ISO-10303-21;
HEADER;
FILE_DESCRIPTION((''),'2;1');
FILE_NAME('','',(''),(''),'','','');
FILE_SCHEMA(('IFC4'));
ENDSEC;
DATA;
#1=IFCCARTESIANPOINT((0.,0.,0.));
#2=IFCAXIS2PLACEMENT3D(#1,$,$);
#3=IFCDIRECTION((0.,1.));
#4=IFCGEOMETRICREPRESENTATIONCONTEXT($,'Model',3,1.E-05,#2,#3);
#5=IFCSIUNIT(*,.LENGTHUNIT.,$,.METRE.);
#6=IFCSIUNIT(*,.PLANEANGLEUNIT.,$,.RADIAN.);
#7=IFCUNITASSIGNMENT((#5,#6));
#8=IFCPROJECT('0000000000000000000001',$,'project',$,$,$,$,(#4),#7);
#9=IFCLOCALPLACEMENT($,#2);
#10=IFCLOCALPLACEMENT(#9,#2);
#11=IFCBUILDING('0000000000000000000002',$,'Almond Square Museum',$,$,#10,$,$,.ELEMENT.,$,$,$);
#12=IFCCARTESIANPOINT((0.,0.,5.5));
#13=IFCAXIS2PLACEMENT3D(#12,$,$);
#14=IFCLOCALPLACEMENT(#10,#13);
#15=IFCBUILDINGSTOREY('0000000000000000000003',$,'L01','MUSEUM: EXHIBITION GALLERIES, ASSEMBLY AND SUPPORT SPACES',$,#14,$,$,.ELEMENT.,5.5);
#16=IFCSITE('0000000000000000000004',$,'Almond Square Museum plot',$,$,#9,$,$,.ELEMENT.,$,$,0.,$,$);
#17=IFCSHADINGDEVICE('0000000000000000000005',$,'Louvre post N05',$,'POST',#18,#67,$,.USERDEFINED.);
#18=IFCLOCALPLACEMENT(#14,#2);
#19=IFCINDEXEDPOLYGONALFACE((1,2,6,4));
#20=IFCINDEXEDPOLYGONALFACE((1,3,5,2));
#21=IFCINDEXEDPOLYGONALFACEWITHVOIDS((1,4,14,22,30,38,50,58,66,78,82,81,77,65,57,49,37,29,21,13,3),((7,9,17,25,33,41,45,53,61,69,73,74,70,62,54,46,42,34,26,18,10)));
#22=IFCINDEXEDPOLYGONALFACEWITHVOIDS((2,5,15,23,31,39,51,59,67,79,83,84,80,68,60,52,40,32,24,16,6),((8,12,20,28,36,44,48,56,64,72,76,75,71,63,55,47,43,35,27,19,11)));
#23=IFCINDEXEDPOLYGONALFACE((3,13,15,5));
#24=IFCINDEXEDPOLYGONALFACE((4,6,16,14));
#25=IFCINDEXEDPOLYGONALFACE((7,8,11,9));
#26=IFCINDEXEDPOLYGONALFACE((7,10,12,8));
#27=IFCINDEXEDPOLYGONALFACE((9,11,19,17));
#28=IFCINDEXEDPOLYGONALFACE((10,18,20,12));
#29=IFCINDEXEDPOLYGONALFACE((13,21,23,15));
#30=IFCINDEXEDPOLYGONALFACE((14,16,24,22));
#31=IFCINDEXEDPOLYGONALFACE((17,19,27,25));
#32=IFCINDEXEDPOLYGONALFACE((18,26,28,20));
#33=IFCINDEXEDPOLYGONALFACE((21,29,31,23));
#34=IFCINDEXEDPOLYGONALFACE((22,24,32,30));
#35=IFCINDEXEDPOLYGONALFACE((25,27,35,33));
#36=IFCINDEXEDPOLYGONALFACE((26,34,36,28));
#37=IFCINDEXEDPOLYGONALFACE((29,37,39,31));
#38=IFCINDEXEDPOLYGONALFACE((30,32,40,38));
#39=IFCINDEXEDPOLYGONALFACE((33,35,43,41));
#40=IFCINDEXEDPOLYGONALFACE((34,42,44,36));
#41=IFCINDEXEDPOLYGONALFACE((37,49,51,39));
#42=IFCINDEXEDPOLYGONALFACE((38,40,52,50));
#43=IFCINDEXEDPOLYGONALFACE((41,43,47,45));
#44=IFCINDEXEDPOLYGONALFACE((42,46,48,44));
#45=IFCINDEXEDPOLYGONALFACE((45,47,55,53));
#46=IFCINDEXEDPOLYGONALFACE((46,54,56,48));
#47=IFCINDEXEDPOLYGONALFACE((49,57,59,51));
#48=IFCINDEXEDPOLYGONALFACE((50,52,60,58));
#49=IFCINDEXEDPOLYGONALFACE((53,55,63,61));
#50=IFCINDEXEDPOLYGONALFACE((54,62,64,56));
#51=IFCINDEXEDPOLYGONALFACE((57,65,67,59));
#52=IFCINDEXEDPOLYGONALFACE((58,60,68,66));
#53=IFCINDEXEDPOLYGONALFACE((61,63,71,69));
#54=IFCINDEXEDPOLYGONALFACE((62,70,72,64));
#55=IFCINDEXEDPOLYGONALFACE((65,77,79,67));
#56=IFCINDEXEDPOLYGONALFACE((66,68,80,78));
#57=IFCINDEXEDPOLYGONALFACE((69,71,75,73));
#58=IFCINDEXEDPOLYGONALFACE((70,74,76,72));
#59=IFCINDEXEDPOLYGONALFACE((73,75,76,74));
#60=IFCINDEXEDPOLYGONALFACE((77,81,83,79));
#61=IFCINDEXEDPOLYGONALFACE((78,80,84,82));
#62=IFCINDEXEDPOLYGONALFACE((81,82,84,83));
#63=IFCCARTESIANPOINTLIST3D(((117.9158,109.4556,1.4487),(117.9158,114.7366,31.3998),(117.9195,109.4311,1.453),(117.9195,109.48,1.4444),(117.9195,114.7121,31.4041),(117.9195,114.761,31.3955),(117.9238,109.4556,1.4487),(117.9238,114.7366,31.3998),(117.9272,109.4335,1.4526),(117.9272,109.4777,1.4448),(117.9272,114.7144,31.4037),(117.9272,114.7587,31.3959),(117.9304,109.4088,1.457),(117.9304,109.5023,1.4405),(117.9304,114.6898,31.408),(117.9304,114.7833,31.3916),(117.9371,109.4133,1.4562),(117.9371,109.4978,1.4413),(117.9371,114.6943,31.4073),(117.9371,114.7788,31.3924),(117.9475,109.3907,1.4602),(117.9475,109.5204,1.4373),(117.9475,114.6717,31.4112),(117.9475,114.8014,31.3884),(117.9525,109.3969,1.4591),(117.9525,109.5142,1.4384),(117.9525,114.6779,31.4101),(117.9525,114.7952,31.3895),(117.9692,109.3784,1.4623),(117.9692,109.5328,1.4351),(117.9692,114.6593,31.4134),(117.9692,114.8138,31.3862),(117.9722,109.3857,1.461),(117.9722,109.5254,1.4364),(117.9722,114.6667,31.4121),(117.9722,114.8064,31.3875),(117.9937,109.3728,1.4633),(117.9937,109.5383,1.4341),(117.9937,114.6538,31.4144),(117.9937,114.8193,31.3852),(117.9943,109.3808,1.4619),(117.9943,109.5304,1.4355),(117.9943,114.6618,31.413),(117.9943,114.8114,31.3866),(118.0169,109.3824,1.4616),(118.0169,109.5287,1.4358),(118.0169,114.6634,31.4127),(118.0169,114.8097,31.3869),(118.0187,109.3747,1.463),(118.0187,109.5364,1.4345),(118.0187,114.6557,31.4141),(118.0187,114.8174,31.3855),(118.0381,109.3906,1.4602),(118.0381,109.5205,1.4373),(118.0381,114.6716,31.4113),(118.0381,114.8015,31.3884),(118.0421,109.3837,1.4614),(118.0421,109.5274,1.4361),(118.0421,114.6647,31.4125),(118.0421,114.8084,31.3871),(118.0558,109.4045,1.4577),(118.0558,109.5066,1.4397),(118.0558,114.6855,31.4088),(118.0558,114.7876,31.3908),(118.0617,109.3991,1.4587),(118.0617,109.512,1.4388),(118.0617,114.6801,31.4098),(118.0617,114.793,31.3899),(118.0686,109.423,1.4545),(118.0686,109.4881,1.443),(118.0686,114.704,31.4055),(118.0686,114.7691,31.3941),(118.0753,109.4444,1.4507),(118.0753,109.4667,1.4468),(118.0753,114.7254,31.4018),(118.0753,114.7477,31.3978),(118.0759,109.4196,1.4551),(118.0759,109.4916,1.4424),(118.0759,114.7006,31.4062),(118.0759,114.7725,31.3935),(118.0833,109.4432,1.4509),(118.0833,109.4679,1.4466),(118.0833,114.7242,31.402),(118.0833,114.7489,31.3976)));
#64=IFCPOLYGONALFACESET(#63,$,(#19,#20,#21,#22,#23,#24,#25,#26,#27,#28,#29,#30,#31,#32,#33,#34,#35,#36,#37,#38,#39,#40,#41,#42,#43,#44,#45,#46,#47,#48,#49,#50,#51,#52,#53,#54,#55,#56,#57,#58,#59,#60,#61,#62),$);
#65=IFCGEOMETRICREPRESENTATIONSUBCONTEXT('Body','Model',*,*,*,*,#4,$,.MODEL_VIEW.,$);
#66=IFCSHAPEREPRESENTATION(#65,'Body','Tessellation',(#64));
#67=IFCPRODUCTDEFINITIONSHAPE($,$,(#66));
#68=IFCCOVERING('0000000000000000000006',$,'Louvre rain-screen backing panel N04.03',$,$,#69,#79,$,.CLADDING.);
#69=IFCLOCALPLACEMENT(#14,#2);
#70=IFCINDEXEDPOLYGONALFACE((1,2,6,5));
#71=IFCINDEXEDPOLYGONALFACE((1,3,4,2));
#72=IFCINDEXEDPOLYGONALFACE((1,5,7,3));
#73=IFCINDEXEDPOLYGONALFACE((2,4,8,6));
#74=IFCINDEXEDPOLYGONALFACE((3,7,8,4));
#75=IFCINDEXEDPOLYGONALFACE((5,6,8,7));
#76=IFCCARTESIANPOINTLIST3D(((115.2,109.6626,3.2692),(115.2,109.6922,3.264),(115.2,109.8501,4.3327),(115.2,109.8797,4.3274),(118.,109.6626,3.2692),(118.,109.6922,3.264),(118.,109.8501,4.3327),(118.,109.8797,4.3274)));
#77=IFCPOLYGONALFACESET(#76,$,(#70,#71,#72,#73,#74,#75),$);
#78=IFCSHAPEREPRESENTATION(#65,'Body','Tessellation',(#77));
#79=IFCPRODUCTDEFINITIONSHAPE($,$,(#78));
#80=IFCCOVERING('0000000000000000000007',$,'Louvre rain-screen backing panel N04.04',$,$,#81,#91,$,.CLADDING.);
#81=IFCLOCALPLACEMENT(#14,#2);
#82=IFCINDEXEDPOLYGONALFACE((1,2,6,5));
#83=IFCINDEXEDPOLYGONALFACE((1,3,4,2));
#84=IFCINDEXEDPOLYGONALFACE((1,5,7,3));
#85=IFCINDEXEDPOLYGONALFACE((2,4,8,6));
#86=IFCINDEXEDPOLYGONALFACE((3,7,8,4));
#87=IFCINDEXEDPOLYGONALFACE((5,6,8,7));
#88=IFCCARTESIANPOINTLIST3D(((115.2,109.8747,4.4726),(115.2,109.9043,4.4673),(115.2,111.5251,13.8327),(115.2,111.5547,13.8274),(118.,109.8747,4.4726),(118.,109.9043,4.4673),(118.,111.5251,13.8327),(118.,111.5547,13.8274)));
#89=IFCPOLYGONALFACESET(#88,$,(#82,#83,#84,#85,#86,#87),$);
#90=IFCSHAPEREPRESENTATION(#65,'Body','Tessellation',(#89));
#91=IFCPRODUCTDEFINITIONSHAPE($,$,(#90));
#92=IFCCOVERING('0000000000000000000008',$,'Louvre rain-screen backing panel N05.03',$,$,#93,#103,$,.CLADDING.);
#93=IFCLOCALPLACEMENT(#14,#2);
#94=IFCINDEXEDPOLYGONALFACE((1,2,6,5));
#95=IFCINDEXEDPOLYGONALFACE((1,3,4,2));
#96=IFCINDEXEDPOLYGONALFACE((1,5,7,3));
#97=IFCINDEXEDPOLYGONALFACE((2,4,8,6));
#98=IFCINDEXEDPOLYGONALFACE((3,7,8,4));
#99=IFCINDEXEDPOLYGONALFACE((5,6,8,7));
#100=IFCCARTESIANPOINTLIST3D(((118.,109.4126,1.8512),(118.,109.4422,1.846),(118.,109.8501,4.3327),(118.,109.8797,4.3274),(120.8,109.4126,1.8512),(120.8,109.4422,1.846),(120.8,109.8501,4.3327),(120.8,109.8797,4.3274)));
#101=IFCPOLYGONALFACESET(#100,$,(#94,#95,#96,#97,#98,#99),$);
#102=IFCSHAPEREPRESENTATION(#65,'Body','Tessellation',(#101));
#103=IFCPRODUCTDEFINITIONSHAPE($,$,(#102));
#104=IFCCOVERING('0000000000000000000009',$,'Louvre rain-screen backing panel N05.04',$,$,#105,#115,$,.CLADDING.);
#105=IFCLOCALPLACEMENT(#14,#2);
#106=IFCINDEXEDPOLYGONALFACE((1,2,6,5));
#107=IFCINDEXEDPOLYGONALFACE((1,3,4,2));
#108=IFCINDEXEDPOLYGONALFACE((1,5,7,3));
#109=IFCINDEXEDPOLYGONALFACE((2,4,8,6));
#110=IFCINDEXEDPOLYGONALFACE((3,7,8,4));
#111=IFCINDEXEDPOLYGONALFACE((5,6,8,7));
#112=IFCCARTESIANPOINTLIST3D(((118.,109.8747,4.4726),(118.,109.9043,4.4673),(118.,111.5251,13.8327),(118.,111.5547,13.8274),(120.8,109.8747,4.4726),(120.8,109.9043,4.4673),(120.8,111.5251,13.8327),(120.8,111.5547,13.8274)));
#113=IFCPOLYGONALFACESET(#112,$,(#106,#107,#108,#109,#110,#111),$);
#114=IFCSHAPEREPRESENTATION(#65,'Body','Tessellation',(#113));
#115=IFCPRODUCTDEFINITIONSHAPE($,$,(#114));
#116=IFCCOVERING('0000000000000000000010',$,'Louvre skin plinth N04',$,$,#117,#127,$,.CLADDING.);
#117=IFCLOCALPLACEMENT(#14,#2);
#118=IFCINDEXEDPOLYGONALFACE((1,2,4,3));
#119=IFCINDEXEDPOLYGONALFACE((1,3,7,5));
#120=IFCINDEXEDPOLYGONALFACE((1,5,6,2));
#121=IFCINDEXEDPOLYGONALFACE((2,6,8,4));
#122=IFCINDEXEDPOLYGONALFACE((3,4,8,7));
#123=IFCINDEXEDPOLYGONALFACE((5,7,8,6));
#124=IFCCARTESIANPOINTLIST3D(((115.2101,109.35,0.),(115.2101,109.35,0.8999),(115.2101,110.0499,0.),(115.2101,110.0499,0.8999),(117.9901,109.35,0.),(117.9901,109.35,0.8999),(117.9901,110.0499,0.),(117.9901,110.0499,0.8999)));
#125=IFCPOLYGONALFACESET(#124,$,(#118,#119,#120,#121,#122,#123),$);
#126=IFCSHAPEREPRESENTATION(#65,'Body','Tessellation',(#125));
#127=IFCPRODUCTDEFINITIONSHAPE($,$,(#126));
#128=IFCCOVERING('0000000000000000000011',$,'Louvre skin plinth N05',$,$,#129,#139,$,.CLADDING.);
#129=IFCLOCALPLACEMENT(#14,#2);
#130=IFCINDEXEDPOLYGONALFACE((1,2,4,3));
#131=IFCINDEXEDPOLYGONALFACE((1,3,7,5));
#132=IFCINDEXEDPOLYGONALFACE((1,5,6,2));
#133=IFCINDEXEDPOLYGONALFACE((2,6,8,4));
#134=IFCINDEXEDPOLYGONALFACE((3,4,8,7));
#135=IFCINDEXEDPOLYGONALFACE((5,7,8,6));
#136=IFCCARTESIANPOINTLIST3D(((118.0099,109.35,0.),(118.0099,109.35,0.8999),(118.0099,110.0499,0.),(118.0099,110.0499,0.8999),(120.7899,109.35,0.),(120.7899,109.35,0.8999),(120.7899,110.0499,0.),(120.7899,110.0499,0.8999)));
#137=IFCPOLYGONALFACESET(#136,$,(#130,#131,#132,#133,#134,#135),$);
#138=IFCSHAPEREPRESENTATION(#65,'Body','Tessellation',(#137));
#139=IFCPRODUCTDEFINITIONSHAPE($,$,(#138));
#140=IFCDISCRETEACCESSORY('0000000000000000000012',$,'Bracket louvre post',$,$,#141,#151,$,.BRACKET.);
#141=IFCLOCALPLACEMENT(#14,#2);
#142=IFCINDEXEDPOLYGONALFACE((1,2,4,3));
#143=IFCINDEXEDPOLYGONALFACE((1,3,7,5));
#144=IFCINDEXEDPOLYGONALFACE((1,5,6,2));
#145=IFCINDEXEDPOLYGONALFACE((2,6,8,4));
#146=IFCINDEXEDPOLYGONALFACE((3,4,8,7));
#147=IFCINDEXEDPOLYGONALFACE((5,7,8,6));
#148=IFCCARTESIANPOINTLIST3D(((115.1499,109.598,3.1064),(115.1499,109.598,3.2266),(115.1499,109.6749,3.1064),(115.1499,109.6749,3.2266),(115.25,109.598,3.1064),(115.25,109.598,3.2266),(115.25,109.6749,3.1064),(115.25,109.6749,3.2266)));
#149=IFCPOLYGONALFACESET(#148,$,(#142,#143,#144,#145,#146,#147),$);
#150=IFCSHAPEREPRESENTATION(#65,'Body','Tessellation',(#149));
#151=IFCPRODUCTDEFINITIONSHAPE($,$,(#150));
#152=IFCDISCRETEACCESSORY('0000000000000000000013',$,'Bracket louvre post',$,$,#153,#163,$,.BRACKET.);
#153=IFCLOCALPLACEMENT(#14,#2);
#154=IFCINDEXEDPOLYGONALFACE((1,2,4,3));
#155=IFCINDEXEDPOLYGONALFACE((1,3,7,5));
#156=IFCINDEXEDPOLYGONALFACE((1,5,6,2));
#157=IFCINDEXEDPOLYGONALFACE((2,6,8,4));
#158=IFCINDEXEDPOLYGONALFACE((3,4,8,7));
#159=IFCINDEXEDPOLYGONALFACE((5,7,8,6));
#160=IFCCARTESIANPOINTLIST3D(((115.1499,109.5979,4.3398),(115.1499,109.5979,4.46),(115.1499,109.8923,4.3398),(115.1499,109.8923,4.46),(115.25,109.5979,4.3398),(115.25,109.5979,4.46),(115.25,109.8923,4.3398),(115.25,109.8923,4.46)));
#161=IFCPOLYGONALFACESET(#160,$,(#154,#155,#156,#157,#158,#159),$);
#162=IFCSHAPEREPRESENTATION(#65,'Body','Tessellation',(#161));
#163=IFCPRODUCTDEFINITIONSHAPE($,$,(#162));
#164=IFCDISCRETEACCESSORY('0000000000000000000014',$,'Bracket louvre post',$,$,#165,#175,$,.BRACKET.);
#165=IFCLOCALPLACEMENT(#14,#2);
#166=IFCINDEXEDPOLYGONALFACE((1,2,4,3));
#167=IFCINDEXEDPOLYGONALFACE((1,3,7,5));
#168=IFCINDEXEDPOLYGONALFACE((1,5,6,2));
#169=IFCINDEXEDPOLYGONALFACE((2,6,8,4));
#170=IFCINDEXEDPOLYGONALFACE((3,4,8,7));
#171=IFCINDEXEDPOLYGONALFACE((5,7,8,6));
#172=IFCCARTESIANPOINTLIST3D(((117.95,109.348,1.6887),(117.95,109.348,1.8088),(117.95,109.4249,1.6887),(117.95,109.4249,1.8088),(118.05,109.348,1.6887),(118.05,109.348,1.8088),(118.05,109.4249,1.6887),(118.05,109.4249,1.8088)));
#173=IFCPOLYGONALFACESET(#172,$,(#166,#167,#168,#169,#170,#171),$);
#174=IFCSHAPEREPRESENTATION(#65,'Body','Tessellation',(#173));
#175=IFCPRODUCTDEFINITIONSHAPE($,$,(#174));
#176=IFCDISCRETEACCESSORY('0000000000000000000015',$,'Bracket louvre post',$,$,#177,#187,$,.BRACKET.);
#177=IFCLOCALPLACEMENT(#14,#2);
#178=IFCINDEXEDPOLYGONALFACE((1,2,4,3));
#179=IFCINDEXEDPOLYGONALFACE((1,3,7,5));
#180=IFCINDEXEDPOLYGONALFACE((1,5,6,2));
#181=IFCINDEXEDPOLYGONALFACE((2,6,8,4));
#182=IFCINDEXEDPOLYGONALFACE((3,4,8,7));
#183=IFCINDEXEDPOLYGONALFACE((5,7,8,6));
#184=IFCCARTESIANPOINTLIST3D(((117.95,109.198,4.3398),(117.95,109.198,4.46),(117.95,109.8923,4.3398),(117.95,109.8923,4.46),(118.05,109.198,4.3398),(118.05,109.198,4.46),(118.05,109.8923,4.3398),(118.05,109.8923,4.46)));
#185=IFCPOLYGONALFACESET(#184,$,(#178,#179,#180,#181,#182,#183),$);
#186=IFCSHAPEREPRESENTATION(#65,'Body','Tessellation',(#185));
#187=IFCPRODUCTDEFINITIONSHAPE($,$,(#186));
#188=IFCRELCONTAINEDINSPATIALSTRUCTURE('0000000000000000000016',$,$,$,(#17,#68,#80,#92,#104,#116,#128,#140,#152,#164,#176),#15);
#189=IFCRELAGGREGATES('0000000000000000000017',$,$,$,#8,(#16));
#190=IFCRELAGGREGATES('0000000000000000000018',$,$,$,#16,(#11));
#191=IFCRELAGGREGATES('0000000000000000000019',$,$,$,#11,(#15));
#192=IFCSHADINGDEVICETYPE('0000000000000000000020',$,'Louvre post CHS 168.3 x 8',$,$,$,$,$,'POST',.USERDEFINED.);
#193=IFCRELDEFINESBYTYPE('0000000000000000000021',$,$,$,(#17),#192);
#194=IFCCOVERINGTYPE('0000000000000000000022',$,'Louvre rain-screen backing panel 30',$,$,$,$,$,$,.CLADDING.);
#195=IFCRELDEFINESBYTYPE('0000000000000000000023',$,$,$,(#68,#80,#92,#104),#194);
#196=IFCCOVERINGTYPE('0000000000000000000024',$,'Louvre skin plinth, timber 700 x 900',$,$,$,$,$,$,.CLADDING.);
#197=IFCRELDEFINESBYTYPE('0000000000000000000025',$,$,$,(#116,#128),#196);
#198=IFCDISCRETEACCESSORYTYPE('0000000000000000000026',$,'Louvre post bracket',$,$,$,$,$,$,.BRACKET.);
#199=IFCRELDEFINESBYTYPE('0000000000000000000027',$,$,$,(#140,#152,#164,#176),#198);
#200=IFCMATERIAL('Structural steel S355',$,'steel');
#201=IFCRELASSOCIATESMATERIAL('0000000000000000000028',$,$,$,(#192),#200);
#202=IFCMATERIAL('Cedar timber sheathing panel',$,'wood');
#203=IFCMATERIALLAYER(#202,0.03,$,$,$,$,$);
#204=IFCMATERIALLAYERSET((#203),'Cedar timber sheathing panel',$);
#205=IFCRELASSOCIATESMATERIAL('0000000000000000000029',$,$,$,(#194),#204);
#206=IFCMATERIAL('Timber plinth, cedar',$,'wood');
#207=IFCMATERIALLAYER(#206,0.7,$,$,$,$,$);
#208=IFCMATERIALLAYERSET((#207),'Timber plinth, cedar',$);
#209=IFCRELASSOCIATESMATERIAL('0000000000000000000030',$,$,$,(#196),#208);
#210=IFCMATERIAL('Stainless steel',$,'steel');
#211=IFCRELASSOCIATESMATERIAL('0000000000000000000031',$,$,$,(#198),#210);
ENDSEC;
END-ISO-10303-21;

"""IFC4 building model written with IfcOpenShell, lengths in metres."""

from ifc_helpers import new_model, si_unit, direction, frame, origin, origin_2d, place, context, subcontext, project, spatial, polyline, rectangle, hollow_circle, outline, extrude, material, layer, layer_set, material_profile, profile_set, type_object, element, save


model = new_model("IFC4")

# Units and contexts
model_context = context("Model", 3, precision=1e-05, world=origin(), true_north=direction((0.0, 1.0)))
body_context = subcontext(model_context, "Body", "Model", "MODEL_VIEW")
ifc_project = project(units=[si_unit("LENGTHUNIT", "METRE"), si_unit("PLANEANGLEUNIT", "RADIAN")], contexts=[model_context])

# Site, building, storey
site_placement = place(None, origin())
site = spatial("IfcSite", under=ifc_project, at=site_placement, Name="Almond Square Museum plot", CompositionType="ELEMENT", RefElevation=0.0)
building_placement = place(site_placement, origin())
building = spatial("IfcBuilding", under=site, at=building_placement, Name="Almond Square Museum", CompositionType="ELEMENT")
storey_placement = place(building_placement, frame((0.0, 0.0, 5.5)))
storey = spatial("IfcBuildingStorey", under=building, at=storey_placement, Name="L01", Description="MUSEUM: EXHIBITION GALLERIES, ASSEMBLY AND SUPPORT SPACES", CompositionType="ELEMENT", Elevation=5.5)

# Shading device
ifc_material_1 = material(Name="Structural steel S355", Category="steel")
ifc_material_profile_1 = material_profile(ifc_material_1, hollow_circle(Radius=0.0842, WallThickness=0.0081, at=origin_2d()))
ifc_profile_set_1 = profile_set([ifc_material_profile_1], Name="Structural steel S355")
shading_device_type = type_object("IfcShadingDeviceType", Name="Louvre post CHS 168.3 x 8", ElementType="POST", PredefinedType="USERDEFINED", material=ifc_profile_set_1)
shading_device_1_placement = place(storey_placement, frame((118.0, 109.4556, 1.4487), z_axis=(0.0, 0.173642, 0.984809), x_axis=(-1.0, 0.0, 0.0)))
element("IfcShadingDevice", 1, at=shading_device_1_placement, inside=storey, type_object=shading_device_type, Name="Louvre post N05", ObjectType="POST", PredefinedType="USERDEFINED", context=body_context, shape_type="SweptSolid", body=[
    extrude(hollow_circle(Radius=0.0842, WallThickness=0.0081, at=origin_2d()), origin(), (0.0, 0.0, 1.0), 30.4131),
])

# Coverings
ifc_material_2 = material(Name="Cedar timber sheathing panel", Category="wood")
ifc_layer_1 = layer(ifc_material_2, 0.03)
ifc_layer_set_1 = layer_set([ifc_layer_1], Name="Cedar timber sheathing panel")
covering_type_1 = type_object("IfcCoveringType", Name="Louvre rain-screen backing panel 30", PredefinedType="CLADDING", material=ifc_layer_set_1)
covering_1_placement = place(storey_placement, frame((115.2, 109.6772, 3.2666), z_axis=(0.0, -0.984811, 0.173631), x_axis=(1.0, 0.0, 0.0)))
element("IfcCovering", 2, at=covering_1_placement, inside=storey, type_object=covering_type_1, Name="Louvre rain-screen backing panel N04.03", PredefinedType="CLADDING", context=body_context, shape_type="SweptSolid", body=[
    extrude(outline(polyline([(0.0, 0.0), (2.8, 0.0), (2.8, 1.0799), (0.0, 1.0799), (0.0, 0.0)])), frame((0.0, 0.0, -0.0151)), (0.0, 0.0, 1.0), 0.03),
])
covering_2_placement = place(storey_placement, frame((115.2, 109.8894, 4.47), z_axis=(0.0, -0.984809, 0.173643), x_axis=(1.0, 0.0, 0.0)))
element("IfcCovering", 3, at=covering_2_placement, inside=storey, type_object=covering_type_1, Name="Louvre rain-screen backing panel N04.04", PredefinedType="CLADDING", context=body_context, shape_type="SweptSolid", body=[
    extrude(outline(polyline([(0.0, 0.0), (2.8, 0.0), (2.8, 9.5045), (0.0, 9.5045), (0.0, 0.0)])), frame((0.0, 0.0, -0.0151)), (0.0, 0.0, 1.0), 0.03),
])
covering_3_placement = place(storey_placement, frame((118.0, 109.4272, 1.8486), z_axis=(0.0, -0.984811, 0.173631), x_axis=(1.0, 0.0, 0.0)))
element("IfcCovering", 4, at=covering_3_placement, inside=storey, type_object=covering_type_1, Name="Louvre rain-screen backing panel N05.03", PredefinedType="CLADDING", context=body_context, shape_type="SweptSolid", body=[
    extrude(outline(polyline([(0.0, 0.0), (2.8, 0.0), (2.8, 2.5197), (0.0, 2.5197), (0.0, 0.0)])), frame((0.0, 0.0, -0.0151)), (0.0, 0.0, 1.0), 0.03),
])
covering_4_placement = place(storey_placement, frame((118.0, 109.8894, 4.47), z_axis=(0.0, -0.984809, 0.173643), x_axis=(1.0, 0.0, 0.0)))
element("IfcCovering", 5, at=covering_4_placement, inside=storey, type_object=covering_type_1, Name="Louvre rain-screen backing panel N05.04", PredefinedType="CLADDING", context=body_context, shape_type="SweptSolid", body=[
    extrude(outline(polyline([(0.0, 0.0), (2.8, 0.0), (2.8, 9.5045), (0.0, 9.5045), (0.0, 0.0)])), frame((0.0, 0.0, -0.0151)), (0.0, 0.0, 1.0), 0.03),
])
ifc_material_3 = material(Name="Timber plinth, cedar", Category="wood")
ifc_layer_2 = layer(ifc_material_3, 0.7)
ifc_layer_set_2 = layer_set([ifc_layer_2], Name="Timber plinth, cedar")
covering_type_2 = type_object("IfcCoveringType", Name="Louvre skin plinth, timber 700 x 900", PredefinedType="CLADDING", material=ifc_layer_set_2)
for number, where, z_axis, x_axis, name in (
    (6, (116.6001, 109.7, 0.0), (0.0, 0.0, 1.0), (1.0, 0.0, 0.0), "Louvre skin plinth N04"),
    (7, (119.3999, 109.7, 0.0), (0.0, 0.0, 1.0), (1.0, 0.0, 0.0), "Louvre skin plinth N05"),
):
    element("IfcCovering", number, at=place(storey_placement, frame(where, z_axis=z_axis, x_axis=x_axis)), inside=storey, type_object=covering_type_2, Name=name, PredefinedType="CLADDING", context=body_context, shape_type="SweptSolid", body=[
        extrude(rectangle(XDim=2.78, YDim=0.7, at=origin_2d()), origin(), (0.0, 0.0, 1.0), 0.8999),
    ])

# Discrete accessories
ifc_material_4 = material(Name="Stainless steel", Category="steel")
discrete_accessory_type = type_object("IfcDiscreteAccessoryType", Name="Louvre post bracket", PredefinedType="BRACKET", material=ifc_material_4)
discrete_accessory_1_placement = place(storey_placement, frame((115.2, 109.6365, 3.1064), z_axis=(0.0, 0.0, 1.0), x_axis=(1.0, 0.0, 0.0)))
element("IfcDiscreteAccessory", 8, at=discrete_accessory_1_placement, inside=storey, type_object=discrete_accessory_type, Name="Bracket louvre post", PredefinedType="BRACKET", context=body_context, shape_type="SweptSolid", body=[
    extrude(rectangle(XDim=0.1001, YDim=0.0769, at=origin_2d()), origin(), (0.0, 0.0, 1.0), 0.1201),
])
discrete_accessory_2_placement = place(storey_placement, frame((115.2, 109.7451, 4.3398), z_axis=(0.0, 0.0, 1.0), x_axis=(1.0, 0.0, 0.0)))
element("IfcDiscreteAccessory", 9, at=discrete_accessory_2_placement, inside=storey, type_object=discrete_accessory_type, Name="Bracket louvre post", PredefinedType="BRACKET", context=body_context, shape_type="SweptSolid", body=[
    extrude(rectangle(XDim=0.1001, YDim=0.2944, at=origin_2d()), origin(), (0.0, 0.0, 1.0), 0.1201),
])
discrete_accessory_3_placement = place(storey_placement, frame((118.0, 109.3865, 1.6887), z_axis=(0.0, 0.0, 1.0), x_axis=(1.0, 0.0, 0.0)))
element("IfcDiscreteAccessory", 10, at=discrete_accessory_3_placement, inside=storey, type_object=discrete_accessory_type, Name="Bracket louvre post", PredefinedType="BRACKET", context=body_context, shape_type="SweptSolid", body=[
    extrude(rectangle(XDim=0.1001, YDim=0.0769, at=origin_2d()), origin(), (0.0, 0.0, 1.0), 0.1201),
])
discrete_accessory_4_placement = place(storey_placement, frame((118.0, 109.5452, 4.3398), z_axis=(0.0, 0.0, 1.0), x_axis=(1.0, 0.0, 0.0)))
element("IfcDiscreteAccessory", 11, at=discrete_accessory_4_placement, inside=storey, type_object=discrete_accessory_type, Name="Bracket louvre post", PredefinedType="BRACKET", context=body_context, shape_type="SweptSolid", body=[
    extrude(rectangle(XDim=0.1001, YDim=0.6943, at=origin_2d()), origin(), (0.0, 0.0, 1.0), 0.1201),
])

save(model, "model.ifc")
